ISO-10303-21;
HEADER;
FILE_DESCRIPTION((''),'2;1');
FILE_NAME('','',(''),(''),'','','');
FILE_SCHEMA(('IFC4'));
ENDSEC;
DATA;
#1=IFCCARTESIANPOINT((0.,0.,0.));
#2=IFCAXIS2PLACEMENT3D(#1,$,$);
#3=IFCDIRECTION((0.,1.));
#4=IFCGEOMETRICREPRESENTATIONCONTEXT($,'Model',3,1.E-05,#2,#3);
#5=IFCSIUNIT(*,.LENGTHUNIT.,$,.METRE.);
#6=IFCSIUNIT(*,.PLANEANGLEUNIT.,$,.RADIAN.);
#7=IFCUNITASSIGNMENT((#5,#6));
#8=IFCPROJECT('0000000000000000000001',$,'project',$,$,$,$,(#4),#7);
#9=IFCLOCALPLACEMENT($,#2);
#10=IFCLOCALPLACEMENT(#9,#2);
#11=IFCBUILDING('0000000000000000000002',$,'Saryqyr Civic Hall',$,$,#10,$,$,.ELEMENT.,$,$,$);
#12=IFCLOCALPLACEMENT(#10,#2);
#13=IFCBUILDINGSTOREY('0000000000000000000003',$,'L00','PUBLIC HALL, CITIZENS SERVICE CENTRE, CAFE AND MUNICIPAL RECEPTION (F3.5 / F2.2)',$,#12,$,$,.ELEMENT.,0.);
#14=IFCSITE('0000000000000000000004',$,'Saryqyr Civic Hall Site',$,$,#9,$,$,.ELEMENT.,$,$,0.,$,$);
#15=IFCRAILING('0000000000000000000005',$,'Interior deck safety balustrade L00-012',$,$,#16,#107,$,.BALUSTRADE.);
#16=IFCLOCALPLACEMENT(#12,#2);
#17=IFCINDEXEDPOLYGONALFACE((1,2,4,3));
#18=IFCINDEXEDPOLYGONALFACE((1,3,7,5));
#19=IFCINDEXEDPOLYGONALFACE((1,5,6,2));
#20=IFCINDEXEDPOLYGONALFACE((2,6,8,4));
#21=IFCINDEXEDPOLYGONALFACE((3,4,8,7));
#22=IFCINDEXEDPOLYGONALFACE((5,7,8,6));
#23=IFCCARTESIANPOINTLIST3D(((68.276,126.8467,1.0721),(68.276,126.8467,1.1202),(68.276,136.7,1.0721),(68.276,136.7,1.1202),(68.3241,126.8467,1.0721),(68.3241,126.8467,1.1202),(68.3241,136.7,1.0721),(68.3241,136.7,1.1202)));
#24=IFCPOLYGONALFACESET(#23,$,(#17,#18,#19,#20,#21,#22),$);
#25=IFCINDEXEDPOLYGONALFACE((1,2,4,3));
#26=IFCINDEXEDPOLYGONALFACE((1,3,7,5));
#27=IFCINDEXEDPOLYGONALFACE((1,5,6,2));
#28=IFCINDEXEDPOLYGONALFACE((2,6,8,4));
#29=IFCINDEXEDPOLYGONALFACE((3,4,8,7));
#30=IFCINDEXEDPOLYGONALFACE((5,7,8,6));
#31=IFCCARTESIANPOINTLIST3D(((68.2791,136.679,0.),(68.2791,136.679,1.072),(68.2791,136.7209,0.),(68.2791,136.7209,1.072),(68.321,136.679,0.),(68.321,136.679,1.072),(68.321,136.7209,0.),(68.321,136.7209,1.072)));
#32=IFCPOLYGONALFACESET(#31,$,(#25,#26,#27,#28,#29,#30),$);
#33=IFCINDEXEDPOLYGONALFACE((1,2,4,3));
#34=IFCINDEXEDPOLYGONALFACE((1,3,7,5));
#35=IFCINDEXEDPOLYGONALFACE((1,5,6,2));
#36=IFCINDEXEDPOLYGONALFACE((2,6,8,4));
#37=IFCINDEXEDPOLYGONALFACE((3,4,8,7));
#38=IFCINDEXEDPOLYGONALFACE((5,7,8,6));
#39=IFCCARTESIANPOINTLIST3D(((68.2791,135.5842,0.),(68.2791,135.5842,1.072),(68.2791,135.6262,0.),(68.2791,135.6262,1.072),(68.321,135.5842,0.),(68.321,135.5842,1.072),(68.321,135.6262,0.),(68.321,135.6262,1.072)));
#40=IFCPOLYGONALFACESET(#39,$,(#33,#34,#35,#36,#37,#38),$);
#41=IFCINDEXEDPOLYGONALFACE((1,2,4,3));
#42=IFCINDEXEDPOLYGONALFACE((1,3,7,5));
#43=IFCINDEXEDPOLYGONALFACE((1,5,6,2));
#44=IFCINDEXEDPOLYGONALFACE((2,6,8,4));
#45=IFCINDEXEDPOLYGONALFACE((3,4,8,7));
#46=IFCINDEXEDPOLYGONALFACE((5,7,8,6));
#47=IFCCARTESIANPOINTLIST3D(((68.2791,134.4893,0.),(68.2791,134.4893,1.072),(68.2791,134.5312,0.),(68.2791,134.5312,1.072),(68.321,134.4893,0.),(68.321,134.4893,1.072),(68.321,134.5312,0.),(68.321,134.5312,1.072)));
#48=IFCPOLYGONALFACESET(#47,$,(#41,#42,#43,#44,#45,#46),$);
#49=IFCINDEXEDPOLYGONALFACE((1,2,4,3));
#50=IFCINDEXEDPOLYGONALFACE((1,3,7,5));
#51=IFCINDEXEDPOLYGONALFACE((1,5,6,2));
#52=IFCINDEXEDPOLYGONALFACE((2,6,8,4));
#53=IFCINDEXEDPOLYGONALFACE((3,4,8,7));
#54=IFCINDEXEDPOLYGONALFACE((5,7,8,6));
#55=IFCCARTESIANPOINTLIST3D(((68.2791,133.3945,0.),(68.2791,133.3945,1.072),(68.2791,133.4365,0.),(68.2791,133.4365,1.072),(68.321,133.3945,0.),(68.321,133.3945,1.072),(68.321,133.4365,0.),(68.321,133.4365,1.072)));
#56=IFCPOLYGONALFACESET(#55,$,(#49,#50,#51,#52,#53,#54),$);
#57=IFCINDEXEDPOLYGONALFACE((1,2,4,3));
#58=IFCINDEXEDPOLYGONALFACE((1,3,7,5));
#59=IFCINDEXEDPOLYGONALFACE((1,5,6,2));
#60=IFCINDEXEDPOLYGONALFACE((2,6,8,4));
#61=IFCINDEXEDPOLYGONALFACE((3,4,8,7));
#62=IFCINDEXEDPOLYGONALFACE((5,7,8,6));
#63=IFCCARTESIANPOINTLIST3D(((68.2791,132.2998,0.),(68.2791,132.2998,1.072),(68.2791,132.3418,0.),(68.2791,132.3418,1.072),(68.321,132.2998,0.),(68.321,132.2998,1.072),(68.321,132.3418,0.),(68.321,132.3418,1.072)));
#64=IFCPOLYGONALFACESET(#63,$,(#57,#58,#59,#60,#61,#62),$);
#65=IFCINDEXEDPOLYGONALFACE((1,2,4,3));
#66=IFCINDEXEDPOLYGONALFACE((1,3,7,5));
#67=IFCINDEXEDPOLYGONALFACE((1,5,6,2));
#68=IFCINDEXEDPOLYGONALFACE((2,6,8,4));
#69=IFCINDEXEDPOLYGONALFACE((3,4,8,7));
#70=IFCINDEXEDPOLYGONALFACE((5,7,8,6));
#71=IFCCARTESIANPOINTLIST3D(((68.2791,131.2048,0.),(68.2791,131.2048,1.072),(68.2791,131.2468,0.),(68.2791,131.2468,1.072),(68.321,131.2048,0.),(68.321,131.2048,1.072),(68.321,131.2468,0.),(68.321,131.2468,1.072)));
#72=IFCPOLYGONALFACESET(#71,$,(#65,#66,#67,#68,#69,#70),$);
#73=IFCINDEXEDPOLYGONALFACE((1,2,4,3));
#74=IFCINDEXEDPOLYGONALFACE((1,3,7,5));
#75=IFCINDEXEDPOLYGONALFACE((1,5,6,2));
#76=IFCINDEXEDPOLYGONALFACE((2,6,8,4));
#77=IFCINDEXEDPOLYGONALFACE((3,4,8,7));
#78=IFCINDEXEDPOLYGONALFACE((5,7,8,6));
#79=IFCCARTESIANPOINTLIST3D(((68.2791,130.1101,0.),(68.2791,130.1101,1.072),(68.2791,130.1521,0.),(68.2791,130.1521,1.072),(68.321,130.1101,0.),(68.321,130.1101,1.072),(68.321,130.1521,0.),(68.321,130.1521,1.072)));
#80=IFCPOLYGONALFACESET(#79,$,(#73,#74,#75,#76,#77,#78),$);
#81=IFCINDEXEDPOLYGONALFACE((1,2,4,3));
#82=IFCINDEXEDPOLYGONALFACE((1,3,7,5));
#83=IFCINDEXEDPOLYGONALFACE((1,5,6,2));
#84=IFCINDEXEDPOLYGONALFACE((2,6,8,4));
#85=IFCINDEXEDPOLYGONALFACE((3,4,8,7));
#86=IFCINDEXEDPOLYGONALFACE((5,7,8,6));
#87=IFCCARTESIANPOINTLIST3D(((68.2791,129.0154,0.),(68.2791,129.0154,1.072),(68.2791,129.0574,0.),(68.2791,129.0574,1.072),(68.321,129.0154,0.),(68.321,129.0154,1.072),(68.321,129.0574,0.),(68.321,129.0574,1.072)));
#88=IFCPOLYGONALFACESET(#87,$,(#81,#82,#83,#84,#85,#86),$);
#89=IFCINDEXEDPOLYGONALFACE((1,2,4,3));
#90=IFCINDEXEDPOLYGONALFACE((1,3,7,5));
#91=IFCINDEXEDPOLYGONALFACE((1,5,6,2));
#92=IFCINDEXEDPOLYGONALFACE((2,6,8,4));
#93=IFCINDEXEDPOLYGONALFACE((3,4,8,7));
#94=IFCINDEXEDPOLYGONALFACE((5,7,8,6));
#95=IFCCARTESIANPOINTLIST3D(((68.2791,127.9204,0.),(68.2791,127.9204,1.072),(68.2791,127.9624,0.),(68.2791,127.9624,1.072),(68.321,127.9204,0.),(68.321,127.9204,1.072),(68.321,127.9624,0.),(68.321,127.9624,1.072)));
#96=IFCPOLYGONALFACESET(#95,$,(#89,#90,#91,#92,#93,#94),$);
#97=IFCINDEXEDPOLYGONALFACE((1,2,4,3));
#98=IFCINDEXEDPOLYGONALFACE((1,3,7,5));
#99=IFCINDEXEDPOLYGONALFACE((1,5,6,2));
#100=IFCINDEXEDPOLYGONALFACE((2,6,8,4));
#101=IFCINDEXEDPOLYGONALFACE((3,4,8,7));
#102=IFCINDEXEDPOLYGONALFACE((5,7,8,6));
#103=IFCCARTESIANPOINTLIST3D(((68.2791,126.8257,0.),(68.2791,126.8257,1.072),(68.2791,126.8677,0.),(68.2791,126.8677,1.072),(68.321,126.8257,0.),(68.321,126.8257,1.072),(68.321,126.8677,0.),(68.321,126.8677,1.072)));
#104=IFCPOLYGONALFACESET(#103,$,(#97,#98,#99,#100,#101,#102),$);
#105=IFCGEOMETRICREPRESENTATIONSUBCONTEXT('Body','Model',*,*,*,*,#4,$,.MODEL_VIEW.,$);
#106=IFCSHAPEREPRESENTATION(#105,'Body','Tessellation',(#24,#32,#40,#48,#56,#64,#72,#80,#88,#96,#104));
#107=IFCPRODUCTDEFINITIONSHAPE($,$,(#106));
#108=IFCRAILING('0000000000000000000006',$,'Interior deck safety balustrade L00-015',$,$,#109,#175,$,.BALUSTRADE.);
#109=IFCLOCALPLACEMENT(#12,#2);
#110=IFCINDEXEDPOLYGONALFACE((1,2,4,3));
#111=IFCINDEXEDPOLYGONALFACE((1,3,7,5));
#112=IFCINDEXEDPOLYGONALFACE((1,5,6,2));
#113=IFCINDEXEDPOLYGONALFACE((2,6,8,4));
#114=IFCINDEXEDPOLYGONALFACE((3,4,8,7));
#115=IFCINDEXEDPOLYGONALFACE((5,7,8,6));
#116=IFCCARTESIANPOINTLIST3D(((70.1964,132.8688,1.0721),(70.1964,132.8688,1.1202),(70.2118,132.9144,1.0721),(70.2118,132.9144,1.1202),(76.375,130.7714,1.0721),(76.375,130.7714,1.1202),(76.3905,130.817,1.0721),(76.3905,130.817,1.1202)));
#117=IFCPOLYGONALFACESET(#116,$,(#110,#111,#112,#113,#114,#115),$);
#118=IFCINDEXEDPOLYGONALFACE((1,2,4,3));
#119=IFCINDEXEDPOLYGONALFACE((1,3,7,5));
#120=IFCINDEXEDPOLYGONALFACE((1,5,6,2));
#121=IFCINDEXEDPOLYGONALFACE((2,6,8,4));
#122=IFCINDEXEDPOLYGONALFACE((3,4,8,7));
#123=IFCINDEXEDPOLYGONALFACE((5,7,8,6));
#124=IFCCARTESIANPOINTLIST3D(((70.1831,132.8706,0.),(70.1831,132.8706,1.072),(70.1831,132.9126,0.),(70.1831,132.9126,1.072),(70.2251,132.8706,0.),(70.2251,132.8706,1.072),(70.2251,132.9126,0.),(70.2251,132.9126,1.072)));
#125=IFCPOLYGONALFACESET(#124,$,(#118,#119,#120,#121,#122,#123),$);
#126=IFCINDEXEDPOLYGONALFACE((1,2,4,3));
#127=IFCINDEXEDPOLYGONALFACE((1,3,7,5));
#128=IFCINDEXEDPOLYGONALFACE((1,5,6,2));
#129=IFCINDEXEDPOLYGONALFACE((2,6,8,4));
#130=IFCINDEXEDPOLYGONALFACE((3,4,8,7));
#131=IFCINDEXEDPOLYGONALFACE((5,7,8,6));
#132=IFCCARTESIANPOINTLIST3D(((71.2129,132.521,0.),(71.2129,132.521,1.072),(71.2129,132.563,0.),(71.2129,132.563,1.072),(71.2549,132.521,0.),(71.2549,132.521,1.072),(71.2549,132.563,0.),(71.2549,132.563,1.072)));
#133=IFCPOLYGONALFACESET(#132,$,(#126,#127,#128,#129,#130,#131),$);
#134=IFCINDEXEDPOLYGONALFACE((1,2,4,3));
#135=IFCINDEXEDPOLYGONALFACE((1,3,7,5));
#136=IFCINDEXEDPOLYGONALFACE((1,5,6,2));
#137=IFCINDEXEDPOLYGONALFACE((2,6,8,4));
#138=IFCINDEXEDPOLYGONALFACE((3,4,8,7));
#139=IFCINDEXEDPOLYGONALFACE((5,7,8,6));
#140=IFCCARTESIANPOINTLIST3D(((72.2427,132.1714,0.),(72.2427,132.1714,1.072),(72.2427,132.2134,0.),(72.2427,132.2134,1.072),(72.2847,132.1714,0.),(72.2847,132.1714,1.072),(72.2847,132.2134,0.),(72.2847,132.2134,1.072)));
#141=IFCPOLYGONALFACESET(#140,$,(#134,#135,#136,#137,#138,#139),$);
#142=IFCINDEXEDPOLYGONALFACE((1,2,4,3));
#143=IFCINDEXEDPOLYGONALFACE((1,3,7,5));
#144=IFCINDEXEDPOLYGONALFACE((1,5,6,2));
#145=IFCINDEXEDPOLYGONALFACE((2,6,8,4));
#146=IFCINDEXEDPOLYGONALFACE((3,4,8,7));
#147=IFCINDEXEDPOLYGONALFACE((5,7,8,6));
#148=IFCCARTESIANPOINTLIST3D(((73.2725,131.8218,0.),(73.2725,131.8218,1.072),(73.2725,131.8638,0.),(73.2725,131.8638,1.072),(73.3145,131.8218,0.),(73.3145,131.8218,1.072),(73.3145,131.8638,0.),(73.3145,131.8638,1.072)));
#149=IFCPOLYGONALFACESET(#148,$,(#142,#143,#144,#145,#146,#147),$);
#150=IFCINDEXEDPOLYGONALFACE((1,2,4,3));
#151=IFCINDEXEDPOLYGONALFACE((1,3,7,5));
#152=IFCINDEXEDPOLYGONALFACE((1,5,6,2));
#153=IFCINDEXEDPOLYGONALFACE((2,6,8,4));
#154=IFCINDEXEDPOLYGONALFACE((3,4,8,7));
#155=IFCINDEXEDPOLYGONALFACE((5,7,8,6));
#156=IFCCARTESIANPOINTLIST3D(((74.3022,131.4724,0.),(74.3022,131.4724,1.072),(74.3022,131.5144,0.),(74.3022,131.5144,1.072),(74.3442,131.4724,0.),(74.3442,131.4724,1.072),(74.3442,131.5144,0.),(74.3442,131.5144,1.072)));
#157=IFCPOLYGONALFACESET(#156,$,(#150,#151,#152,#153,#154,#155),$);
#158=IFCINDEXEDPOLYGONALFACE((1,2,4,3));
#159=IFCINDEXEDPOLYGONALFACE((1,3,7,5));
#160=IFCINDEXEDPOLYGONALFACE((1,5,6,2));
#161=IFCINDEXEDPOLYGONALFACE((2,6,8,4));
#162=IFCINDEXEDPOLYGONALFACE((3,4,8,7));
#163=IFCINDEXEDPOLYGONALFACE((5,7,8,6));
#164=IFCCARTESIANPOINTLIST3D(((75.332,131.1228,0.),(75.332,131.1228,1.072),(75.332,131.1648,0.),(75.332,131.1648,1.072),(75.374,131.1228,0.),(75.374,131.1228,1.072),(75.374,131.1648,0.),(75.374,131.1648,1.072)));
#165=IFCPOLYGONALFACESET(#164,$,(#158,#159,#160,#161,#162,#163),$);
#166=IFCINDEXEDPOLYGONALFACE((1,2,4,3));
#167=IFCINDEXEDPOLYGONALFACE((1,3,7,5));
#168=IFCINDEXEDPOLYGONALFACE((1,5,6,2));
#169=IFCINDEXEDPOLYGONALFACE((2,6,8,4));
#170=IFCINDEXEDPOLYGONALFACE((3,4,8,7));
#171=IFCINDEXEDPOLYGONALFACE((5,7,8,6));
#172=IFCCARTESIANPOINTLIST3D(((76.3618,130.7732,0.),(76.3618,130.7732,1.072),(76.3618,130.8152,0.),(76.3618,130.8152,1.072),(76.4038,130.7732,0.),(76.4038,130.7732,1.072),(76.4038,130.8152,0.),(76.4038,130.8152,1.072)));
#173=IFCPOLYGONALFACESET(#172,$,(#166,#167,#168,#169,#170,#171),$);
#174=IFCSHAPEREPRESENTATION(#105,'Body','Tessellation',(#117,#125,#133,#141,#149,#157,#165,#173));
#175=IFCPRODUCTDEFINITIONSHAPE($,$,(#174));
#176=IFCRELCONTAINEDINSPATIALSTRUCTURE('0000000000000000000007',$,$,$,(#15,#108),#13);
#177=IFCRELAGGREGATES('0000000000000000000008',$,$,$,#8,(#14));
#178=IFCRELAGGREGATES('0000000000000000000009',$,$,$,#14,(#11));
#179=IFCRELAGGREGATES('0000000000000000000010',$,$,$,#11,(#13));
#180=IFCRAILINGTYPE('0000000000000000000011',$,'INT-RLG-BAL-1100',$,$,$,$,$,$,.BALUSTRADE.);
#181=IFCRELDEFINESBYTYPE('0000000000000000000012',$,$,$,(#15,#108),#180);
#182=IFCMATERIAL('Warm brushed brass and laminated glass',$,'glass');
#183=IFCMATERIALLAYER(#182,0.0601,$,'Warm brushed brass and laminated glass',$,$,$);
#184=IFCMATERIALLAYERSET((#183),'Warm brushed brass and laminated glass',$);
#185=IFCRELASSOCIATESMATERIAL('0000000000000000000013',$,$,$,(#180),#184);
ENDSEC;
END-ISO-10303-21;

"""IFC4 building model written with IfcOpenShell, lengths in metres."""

from ifc_helpers import new_model, si_unit, direction, frame, origin, origin_2d, place, context, subcontext, project, spatial, rectangle, extrude, material, layer, layer_set, type_object, element, save


model = new_model("IFC4")

# Units and contexts
model_context = context("Model", 3, precision=1e-05, world=origin(), true_north=direction((0.0, 1.0)))
body_context = subcontext(model_context, "Body", "Model", "MODEL_VIEW")
ifc_project = project(units=[si_unit("LENGTHUNIT", "METRE"), si_unit("PLANEANGLEUNIT", "RADIAN")], contexts=[model_context])

# Site, building, storey
site_placement = place(None, origin())
site = spatial("IfcSite", under=ifc_project, at=site_placement, Name="Saryqyr Civic Hall Site", CompositionType="ELEMENT", RefElevation=0.0)
building_placement = place(site_placement, origin())
building = spatial("IfcBuilding", under=site, at=building_placement, Name="Saryqyr Civic Hall", CompositionType="ELEMENT")
storey_placement = place(building_placement, origin())
storey = spatial("IfcBuildingStorey", under=building, at=storey_placement, Name="L00", Description="PUBLIC HALL, CITIZENS SERVICE CENTRE, CAFE AND MUNICIPAL RECEPTION (F3.5 / F2.2)", CompositionType="ELEMENT", Elevation=0.0)

# Railings
ifc_material_1 = material(Name="Warm brushed brass and laminated glass", Category="glass")
ifc_layer_1 = layer(ifc_material_1, 0.0601, Name="Warm brushed brass and laminated glass")
ifc_layer_set_1 = layer_set([ifc_layer_1], Name="Warm brushed brass and laminated glass")
railing_type = type_object("IfcRailingType", Name="INT-RLG-BAL-1100", PredefinedType="BALUSTRADE", material=ifc_layer_set_1)
railing_1_placement = place(storey_placement, frame((68.3, 136.7, 0.0)))
element("IfcRailing", 1, at=railing_1_placement, inside=storey, type_object=railing_type, Name="Interior deck safety balustrade L00-012", PredefinedType="BALUSTRADE", context=body_context, shape_type="SweptSolid", body=[
    extrude(rectangle(XDim=0.0481, YDim=0.0481, at=origin_2d()), frame((0.0, 0.0, 1.0962), z_axis=(0.0, -1.0, 0.0), x_axis=(1.0, 0.0, 0.0)), (0.0, 0.0, 1.0), 9.8533),
    extrude(rectangle(XDim=0.042, YDim=0.042, at=origin_2d()), origin(), (0.0, 0.0, 1.0), 1.072),
    extrude(rectangle(XDim=0.042, YDim=0.042, at=origin_2d()), frame((0.0, -1.0947, 0.0)), (0.0, 0.0, 1.0), 1.072),
    extrude(rectangle(XDim=0.042, YDim=0.042, at=origin_2d()), frame((0.0, -2.1897, 0.0)), (0.0, 0.0, 1.0), 1.072),
    extrude(rectangle(XDim=0.042, YDim=0.042, at=origin_2d()), frame((0.0, -3.2844, 0.0)), (0.0, 0.0, 1.0), 1.072),
    extrude(rectangle(XDim=0.042, YDim=0.042, at=origin_2d()), frame((0.0, -4.3792, 0.0)), (0.0, 0.0, 1.0), 1.072),
    extrude(rectangle(XDim=0.042, YDim=0.042, at=origin_2d()), frame((0.0, -5.4741, 0.0)), (0.0, 0.0, 1.0), 1.072),
    extrude(rectangle(XDim=0.042, YDim=0.042, at=origin_2d()), frame((0.0, -6.5688, 0.0)), (0.0, 0.0, 1.0), 1.072),
    extrude(rectangle(XDim=0.042, YDim=0.042, at=origin_2d()), frame((0.0, -7.6636, 0.0)), (0.0, 0.0, 1.0), 1.072),
    extrude(rectangle(XDim=0.042, YDim=0.042, at=origin_2d()), frame((0.0, -8.7585, 0.0)), (0.0, 0.0, 1.0), 1.072),
    extrude(rectangle(XDim=0.042, YDim=0.042, at=origin_2d()), frame((0.0, -9.8533, 0.0)), (0.0, 0.0, 1.0), 1.072),
])
railing_2_placement = place(storey_placement, frame((70.2041, 132.8916, 0.0)))
element("IfcRailing", 2, at=railing_2_placement, inside=storey, type_object=railing_type, Name="Interior deck safety balustrade L00-015", PredefinedType="BALUSTRADE", context=body_context, shape_type="SweptSolid", body=[
    extrude(rectangle(XDim=0.0481, YDim=0.0481, at=origin_2d()), frame((0.0, 0.0, 1.0962), z_axis=(0.946929, -0.321443, 0.0), x_axis=(0.321443, 0.946929, 0.0)), (0.0, 0.0, 1.0), 6.5249),
    extrude(rectangle(XDim=0.042, YDim=0.042, at=origin_2d()), origin(), (0.0, 0.0, 1.0), 1.072),
    extrude(rectangle(XDim=0.042, YDim=0.042, at=origin_2d()), frame((1.0298, -0.3496, 0.0)), (0.0, 0.0, 1.0), 1.072),
    extrude(rectangle(XDim=0.042, YDim=0.042, at=origin_2d()), frame((2.0596, -0.6992, 0.0)), (0.0, 0.0, 1.0), 1.072),
    extrude(rectangle(XDim=0.042, YDim=0.042, at=origin_2d()), frame((3.0894, -1.0488, 0.0)), (0.0, 0.0, 1.0), 1.072),
    extrude(rectangle(XDim=0.042, YDim=0.042, at=origin_2d()), frame((4.1191, -1.3982, 0.0)), (0.0, 0.0, 1.0), 1.072),
    extrude(rectangle(XDim=0.042, YDim=0.042, at=origin_2d()), frame((5.1489, -1.7478, 0.0)), (0.0, 0.0, 1.0), 1.072),
    extrude(rectangle(XDim=0.042, YDim=0.042, at=origin_2d()), frame((6.1787, -2.0974, 0.0)), (0.0, 0.0, 1.0), 1.072),
])

save(model, "model.ifc")
